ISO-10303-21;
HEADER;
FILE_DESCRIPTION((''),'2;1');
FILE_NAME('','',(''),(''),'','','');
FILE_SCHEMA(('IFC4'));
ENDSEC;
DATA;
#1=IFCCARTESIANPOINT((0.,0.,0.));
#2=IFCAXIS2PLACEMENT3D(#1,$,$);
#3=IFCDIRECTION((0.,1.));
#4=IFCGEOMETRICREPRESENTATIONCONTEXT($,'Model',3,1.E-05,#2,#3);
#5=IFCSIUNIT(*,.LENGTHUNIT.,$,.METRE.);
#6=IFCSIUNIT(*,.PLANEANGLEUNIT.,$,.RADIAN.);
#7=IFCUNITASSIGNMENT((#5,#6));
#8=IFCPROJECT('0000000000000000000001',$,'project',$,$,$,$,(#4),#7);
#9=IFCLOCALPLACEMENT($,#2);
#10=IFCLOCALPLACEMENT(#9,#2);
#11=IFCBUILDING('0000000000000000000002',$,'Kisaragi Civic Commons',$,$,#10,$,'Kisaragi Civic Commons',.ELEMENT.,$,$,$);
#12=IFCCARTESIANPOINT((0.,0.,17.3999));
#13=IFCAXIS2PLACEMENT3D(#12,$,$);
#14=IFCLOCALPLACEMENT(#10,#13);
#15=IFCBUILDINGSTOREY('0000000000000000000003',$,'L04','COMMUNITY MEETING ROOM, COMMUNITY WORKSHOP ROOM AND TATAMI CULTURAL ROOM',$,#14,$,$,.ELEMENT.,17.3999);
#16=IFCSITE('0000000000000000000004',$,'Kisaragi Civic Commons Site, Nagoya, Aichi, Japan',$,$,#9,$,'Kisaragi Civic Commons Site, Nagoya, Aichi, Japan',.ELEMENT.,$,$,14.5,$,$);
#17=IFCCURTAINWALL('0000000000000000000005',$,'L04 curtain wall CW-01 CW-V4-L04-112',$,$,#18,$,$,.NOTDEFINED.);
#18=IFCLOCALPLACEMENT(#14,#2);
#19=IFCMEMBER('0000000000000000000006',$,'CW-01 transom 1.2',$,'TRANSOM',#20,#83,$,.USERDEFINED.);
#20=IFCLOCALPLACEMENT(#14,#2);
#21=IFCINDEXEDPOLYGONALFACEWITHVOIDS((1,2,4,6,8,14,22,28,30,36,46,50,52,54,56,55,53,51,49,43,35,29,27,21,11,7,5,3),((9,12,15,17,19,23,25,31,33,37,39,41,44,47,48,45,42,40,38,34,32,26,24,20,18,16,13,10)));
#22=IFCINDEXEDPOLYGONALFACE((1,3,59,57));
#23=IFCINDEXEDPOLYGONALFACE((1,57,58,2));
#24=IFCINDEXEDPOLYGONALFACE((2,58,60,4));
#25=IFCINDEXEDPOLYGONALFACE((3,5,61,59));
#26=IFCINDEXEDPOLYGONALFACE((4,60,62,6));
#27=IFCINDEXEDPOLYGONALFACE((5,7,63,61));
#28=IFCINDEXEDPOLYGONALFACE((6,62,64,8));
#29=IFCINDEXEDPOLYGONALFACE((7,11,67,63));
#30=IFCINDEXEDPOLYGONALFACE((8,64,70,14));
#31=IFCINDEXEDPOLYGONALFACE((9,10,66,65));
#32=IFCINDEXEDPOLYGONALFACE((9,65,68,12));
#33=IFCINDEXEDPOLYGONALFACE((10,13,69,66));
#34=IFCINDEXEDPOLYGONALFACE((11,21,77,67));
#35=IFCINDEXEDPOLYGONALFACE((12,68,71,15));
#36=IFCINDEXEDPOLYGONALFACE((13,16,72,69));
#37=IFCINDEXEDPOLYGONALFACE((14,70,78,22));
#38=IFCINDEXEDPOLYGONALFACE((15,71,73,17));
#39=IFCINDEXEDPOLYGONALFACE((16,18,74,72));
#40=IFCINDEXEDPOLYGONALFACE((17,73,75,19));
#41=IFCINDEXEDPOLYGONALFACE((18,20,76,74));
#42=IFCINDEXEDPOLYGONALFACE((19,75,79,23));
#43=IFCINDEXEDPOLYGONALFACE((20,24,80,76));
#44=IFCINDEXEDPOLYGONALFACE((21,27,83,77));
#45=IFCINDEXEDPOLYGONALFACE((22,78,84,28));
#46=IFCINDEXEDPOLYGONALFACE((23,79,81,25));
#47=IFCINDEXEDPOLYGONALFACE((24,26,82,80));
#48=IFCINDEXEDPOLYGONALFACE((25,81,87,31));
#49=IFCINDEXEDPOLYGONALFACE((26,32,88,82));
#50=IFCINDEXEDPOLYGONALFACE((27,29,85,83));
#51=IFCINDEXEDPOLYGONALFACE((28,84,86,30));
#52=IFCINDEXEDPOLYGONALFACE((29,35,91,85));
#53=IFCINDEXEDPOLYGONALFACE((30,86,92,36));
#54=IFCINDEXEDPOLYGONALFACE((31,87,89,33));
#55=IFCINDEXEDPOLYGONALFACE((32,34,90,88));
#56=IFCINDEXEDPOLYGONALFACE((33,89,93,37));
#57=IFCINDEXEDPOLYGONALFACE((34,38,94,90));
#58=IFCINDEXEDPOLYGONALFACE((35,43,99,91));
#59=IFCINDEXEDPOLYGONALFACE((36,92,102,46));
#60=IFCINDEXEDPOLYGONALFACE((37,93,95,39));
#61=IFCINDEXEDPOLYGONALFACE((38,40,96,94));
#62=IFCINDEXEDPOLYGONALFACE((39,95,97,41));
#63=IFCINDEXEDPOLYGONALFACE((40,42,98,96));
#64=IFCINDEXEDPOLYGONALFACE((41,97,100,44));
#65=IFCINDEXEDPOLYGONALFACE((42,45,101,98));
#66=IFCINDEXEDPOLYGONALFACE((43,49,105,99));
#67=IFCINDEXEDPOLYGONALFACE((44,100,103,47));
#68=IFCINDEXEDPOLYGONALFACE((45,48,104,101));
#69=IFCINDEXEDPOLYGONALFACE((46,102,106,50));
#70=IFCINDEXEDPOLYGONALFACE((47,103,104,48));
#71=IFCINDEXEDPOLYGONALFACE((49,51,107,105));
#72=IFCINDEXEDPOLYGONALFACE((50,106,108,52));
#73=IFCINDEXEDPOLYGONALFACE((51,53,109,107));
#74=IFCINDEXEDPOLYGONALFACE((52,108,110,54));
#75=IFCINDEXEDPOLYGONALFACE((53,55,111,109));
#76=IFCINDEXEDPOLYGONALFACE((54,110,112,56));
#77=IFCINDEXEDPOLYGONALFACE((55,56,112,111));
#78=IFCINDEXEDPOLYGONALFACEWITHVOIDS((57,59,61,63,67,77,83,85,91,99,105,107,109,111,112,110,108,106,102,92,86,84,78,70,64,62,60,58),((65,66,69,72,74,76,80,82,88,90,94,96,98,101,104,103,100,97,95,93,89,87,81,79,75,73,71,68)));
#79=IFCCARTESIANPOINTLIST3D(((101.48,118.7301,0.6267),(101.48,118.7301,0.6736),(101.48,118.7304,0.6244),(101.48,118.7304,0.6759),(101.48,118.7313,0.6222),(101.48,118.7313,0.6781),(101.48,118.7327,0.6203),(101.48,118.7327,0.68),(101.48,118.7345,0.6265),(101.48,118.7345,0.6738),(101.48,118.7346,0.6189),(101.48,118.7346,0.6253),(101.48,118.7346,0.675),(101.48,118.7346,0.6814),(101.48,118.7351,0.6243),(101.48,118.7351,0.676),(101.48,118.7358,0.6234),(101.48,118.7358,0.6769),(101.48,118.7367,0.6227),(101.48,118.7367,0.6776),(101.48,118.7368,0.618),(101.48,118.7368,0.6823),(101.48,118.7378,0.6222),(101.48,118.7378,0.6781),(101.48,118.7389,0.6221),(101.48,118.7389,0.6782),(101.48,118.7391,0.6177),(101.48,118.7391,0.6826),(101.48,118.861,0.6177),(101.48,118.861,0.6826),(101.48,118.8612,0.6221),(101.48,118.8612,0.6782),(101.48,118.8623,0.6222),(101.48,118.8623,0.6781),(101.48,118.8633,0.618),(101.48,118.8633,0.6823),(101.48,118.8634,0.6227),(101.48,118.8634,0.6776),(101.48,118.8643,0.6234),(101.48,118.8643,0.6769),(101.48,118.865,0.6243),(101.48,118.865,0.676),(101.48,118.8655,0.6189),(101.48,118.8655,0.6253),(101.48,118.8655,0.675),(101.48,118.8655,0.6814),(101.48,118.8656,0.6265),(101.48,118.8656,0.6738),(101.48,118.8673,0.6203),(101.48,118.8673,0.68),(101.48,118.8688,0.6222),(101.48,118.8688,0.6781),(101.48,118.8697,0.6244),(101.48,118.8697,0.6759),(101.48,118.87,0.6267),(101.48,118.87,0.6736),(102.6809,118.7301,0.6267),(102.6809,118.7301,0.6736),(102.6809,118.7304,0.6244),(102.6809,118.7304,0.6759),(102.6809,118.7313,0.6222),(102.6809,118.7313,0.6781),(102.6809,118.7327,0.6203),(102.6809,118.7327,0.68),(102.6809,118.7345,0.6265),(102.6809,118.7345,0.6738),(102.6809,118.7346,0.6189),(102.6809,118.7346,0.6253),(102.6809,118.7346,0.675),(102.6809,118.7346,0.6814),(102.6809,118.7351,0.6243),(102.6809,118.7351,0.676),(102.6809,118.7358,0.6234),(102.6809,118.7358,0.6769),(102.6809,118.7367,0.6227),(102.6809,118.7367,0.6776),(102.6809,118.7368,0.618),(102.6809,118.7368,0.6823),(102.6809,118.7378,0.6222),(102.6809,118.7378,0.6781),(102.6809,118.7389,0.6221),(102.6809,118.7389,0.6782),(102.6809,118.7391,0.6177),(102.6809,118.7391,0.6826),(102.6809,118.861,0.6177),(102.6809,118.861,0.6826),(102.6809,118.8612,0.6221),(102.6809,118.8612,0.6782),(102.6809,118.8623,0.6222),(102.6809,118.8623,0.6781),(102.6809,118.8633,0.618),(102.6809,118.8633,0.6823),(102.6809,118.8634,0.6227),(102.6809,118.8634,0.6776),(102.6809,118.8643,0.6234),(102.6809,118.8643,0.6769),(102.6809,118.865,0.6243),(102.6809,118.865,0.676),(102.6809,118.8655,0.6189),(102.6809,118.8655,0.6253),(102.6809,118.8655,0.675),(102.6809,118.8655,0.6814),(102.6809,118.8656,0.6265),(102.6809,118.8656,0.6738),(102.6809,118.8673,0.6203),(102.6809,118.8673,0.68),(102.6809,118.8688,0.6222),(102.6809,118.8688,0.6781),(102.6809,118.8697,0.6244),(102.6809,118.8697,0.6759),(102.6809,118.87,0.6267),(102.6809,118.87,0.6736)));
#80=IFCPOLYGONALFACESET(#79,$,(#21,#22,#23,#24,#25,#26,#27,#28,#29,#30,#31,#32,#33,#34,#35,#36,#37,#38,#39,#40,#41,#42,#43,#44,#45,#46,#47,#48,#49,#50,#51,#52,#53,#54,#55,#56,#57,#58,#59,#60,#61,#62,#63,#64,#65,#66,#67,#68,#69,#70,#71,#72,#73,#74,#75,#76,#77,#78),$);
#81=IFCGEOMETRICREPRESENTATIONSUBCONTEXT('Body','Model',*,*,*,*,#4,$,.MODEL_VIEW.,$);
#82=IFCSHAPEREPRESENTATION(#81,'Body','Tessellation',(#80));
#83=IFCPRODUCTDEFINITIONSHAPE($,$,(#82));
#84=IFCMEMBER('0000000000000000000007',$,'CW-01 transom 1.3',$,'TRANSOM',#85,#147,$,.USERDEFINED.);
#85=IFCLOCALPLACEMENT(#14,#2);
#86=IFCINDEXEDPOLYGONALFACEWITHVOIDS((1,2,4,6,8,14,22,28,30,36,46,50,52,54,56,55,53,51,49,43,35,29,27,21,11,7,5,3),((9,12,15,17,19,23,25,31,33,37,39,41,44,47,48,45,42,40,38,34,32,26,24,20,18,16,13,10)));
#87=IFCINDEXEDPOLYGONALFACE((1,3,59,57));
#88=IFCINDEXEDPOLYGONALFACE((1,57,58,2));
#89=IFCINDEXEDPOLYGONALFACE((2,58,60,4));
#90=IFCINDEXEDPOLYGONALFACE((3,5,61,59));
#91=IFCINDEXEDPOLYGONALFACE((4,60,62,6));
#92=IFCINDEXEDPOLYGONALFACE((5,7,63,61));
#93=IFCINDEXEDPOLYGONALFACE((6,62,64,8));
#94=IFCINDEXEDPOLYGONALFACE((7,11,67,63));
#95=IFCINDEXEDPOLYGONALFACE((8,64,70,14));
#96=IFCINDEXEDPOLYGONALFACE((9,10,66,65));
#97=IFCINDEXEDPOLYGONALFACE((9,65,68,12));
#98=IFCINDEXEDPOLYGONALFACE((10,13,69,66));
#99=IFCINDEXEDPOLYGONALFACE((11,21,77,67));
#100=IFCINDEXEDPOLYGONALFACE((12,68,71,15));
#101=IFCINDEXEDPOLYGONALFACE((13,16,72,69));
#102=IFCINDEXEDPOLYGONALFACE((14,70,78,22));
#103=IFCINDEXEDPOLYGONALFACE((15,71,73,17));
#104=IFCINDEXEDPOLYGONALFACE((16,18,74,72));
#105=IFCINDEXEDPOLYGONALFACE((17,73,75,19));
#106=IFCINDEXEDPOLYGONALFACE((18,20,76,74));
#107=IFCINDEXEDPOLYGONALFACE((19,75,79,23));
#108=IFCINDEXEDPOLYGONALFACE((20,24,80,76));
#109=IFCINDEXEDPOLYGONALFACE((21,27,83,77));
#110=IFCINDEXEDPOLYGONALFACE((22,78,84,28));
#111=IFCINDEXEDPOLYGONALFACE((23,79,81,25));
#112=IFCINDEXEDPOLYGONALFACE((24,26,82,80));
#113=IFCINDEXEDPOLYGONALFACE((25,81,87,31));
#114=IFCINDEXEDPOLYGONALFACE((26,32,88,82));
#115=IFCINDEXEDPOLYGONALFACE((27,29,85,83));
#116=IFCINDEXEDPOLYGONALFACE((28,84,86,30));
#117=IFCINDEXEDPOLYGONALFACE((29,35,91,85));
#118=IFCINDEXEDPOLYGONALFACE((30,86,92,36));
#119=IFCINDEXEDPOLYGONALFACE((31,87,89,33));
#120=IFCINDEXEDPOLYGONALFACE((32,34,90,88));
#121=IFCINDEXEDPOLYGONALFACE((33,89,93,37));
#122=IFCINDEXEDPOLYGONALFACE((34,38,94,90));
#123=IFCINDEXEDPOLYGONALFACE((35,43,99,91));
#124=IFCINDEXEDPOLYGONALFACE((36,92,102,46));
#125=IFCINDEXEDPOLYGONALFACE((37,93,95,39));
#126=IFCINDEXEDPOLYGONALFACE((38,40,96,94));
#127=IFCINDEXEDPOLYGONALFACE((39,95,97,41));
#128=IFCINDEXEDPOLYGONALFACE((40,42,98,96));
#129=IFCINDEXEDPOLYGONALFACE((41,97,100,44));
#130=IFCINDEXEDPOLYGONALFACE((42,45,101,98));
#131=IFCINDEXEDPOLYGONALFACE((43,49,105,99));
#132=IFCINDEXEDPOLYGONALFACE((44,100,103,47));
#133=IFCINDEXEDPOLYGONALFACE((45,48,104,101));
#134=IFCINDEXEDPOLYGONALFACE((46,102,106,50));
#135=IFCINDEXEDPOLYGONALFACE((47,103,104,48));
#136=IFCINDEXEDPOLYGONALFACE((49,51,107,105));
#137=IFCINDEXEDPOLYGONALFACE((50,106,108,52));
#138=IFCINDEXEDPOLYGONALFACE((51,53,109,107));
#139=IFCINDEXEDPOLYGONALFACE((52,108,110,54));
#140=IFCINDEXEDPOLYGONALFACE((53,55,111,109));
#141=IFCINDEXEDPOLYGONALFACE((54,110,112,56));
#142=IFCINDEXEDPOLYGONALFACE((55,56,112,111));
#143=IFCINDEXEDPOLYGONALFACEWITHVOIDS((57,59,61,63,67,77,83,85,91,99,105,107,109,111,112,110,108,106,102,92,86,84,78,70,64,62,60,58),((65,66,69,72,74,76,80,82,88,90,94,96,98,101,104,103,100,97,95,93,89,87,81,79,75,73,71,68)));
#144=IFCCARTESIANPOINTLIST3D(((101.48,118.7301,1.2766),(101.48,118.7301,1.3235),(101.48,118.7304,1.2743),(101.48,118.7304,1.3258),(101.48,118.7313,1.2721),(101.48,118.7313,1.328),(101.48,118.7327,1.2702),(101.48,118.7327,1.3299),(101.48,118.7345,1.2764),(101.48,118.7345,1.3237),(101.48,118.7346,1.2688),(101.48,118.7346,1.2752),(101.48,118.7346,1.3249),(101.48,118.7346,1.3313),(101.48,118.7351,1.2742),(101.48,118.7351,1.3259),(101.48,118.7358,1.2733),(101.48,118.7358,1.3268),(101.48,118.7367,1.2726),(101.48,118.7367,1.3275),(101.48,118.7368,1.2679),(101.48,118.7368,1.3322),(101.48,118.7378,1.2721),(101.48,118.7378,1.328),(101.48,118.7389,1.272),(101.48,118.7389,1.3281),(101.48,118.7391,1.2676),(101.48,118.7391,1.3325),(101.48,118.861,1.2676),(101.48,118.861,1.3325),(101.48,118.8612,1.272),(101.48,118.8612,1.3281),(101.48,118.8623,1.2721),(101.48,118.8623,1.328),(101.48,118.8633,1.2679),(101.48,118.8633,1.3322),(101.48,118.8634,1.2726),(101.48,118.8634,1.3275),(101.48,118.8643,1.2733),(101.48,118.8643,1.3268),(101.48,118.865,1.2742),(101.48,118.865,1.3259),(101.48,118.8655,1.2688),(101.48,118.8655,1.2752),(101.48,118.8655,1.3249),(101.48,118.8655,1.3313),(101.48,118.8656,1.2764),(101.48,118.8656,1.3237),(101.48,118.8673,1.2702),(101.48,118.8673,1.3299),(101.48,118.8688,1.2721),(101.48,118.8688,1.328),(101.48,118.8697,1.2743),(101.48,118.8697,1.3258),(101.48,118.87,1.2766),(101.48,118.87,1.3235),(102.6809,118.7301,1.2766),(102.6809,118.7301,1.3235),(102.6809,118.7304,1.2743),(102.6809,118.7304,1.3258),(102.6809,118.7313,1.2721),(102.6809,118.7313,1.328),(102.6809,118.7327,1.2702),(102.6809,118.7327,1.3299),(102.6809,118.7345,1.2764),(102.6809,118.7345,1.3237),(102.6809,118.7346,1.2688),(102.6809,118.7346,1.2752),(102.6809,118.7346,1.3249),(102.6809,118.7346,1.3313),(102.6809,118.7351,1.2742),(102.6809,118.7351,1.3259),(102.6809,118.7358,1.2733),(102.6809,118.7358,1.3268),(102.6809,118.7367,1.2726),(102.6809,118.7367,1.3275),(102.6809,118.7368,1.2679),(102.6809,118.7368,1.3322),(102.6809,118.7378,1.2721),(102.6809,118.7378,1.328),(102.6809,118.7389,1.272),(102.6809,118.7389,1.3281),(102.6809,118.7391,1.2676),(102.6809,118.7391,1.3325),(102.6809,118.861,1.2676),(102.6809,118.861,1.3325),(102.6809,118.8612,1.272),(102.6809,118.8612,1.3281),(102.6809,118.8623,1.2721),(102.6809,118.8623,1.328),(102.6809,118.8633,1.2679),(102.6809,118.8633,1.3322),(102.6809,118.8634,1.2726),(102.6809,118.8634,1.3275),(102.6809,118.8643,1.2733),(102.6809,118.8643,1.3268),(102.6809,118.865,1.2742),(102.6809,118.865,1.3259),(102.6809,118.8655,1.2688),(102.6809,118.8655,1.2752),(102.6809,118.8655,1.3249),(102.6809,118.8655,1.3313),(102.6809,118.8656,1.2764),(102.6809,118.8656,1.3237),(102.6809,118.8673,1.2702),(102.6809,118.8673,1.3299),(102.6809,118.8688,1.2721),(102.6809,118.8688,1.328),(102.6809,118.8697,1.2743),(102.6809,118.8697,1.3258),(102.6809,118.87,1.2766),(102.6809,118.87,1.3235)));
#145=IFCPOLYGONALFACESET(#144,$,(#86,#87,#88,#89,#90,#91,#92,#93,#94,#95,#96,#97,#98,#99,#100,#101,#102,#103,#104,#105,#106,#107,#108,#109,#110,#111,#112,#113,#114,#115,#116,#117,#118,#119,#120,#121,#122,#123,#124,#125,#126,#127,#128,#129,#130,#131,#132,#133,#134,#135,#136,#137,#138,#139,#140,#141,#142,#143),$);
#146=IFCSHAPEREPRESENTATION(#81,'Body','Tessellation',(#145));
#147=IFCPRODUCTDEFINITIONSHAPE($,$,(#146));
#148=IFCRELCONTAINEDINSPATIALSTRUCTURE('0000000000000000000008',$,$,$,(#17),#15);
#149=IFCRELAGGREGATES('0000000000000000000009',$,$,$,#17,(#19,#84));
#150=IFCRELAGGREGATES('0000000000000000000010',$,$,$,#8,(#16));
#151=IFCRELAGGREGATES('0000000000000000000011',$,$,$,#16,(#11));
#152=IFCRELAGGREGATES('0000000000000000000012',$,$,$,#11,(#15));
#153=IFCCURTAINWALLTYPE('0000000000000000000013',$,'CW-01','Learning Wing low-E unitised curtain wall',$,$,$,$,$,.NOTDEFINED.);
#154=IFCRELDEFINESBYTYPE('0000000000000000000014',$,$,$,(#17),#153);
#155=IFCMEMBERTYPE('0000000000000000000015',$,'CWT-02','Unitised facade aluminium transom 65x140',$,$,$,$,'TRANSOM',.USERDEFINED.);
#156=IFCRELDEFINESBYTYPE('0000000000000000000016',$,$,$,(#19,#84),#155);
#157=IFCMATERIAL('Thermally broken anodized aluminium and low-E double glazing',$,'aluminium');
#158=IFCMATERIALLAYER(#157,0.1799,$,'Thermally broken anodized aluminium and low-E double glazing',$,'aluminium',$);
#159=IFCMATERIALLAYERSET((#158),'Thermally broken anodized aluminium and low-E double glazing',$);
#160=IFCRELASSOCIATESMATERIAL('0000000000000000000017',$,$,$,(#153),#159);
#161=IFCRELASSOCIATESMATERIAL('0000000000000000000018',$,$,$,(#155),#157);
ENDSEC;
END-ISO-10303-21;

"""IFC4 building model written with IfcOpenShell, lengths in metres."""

from ifc_helpers import new_model, si_unit, direction, frame, origin, origin_2d, place, context, subcontext, project, spatial, hollow_rectangle, extrude, material, layer, layer_set, material_profile, profile_set, type_object, element, aggregate, save


model = new_model("IFC4")

# Units and contexts
model_context = context("Model", 3, precision=1e-05, world=origin(), true_north=direction((0.0, 1.0)))
body_context = subcontext(model_context, "Body", "Model", "MODEL_VIEW")
ifc_project = project(units=[si_unit("LENGTHUNIT", "METRE"), si_unit("PLANEANGLEUNIT", "RADIAN")], contexts=[model_context])

# Site, building, storey
site_placement = place(None, origin())
site = spatial("IfcSite", under=ifc_project, at=site_placement, Name="Kisaragi Civic Commons Site, Nagoya, Aichi, Japan", LongName="Kisaragi Civic Commons Site, Nagoya, Aichi, Japan", CompositionType="ELEMENT", RefElevation=14.5)
building_placement = place(site_placement, origin())
building = spatial("IfcBuilding", under=site, at=building_placement, Name="Kisaragi Civic Commons", LongName="Kisaragi Civic Commons", CompositionType="ELEMENT")
storey_placement = place(building_placement, frame((0.0, 0.0, 17.3999)))
storey = spatial("IfcBuildingStorey", under=building, at=storey_placement, Name="L04", Description="COMMUNITY MEETING ROOM, COMMUNITY WORKSHOP ROOM AND TATAMI CULTURAL ROOM", CompositionType="ELEMENT", Elevation=17.3999)

# Curtain wall
ifc_material_1 = material(Name="Thermally broken anodized aluminium and low-E double glazing", Category="aluminium")
ifc_layer_1 = layer(ifc_material_1, 0.1799, Name="Thermally broken anodized aluminium and low-E double glazing", Category="aluminium")
ifc_layer_set_1 = layer_set([ifc_layer_1], Name="Thermally broken anodized aluminium and low-E double glazing")
curtain_wall_type = type_object("IfcCurtainWallType", Name="CW-01", Description="Learning Wing low-E unitised curtain wall", PredefinedType="NOTDEFINED", material=ifc_layer_set_1)
curtain_wall_1_placement = place(storey_placement, origin())
curtain_wall_1 = element("IfcCurtainWall", 1, at=curtain_wall_1_placement, inside=storey, type_object=curtain_wall_type, Name="L04 curtain wall CW-01 CW-V4-L04-112", PredefinedType="NOTDEFINED")

# Members
ifc_material_profile_1 = material_profile(ifc_material_1, hollow_rectangle(XDim=0.1399, YDim=0.0649, WallThickness=0.0044, InnerFilletRadius=0.0044, OuterFilletRadius=0.009, at=origin_2d()), Name="CWT-65x140x4.5", Category="aluminium")
ifc_profile_set_1 = profile_set([ifc_material_profile_1], Name="Thermally broken anodized aluminium and low-E double glazing")
member_type_1 = type_object("IfcMemberType", Name="CWT-02", Description="Unitised facade aluminium transom 65x140", ElementType="TRANSOM", PredefinedType="USERDEFINED", material=ifc_profile_set_1)
member_1_placement = place(storey_placement, frame((101.48, 118.8, 0.6501), z_axis=(1.0, 0.0, 0.0), x_axis=(0.0, 1.0, 0.0)))
member_1 = element("IfcMember", 2, at=member_1_placement, type_object=member_type_1, Name="CW-01 transom 1.2", ObjectType="TRANSOM", PredefinedType="USERDEFINED", context=body_context, shape_type="SweptSolid", body=[
    extrude(hollow_rectangle(XDim=0.1399, YDim=0.0649, WallThickness=0.0044, InnerFilletRadius=0.0044, OuterFilletRadius=0.009, at=origin_2d()), origin(), (0.0, 0.0, 1.0), 1.2009),
])
member_2_placement = place(storey_placement, frame((101.48, 118.8, 1.3), z_axis=(1.0, 0.0, 0.0), x_axis=(0.0, 1.0, 0.0)))
member_2 = element("IfcMember", 3, at=member_2_placement, type_object=member_type_1, Name="CW-01 transom 1.3", ObjectType="TRANSOM", PredefinedType="USERDEFINED", context=body_context, shape_type="SweptSolid", body=[
    extrude(hollow_rectangle(XDim=0.1399, YDim=0.0649, WallThickness=0.0044, InnerFilletRadius=0.0044, OuterFilletRadius=0.009, at=origin_2d()), origin(), (0.0, 0.0, 1.0), 1.2009),
])

aggregate(curtain_wall_1, [member_1, member_2])

save(model, "model.ifc")
